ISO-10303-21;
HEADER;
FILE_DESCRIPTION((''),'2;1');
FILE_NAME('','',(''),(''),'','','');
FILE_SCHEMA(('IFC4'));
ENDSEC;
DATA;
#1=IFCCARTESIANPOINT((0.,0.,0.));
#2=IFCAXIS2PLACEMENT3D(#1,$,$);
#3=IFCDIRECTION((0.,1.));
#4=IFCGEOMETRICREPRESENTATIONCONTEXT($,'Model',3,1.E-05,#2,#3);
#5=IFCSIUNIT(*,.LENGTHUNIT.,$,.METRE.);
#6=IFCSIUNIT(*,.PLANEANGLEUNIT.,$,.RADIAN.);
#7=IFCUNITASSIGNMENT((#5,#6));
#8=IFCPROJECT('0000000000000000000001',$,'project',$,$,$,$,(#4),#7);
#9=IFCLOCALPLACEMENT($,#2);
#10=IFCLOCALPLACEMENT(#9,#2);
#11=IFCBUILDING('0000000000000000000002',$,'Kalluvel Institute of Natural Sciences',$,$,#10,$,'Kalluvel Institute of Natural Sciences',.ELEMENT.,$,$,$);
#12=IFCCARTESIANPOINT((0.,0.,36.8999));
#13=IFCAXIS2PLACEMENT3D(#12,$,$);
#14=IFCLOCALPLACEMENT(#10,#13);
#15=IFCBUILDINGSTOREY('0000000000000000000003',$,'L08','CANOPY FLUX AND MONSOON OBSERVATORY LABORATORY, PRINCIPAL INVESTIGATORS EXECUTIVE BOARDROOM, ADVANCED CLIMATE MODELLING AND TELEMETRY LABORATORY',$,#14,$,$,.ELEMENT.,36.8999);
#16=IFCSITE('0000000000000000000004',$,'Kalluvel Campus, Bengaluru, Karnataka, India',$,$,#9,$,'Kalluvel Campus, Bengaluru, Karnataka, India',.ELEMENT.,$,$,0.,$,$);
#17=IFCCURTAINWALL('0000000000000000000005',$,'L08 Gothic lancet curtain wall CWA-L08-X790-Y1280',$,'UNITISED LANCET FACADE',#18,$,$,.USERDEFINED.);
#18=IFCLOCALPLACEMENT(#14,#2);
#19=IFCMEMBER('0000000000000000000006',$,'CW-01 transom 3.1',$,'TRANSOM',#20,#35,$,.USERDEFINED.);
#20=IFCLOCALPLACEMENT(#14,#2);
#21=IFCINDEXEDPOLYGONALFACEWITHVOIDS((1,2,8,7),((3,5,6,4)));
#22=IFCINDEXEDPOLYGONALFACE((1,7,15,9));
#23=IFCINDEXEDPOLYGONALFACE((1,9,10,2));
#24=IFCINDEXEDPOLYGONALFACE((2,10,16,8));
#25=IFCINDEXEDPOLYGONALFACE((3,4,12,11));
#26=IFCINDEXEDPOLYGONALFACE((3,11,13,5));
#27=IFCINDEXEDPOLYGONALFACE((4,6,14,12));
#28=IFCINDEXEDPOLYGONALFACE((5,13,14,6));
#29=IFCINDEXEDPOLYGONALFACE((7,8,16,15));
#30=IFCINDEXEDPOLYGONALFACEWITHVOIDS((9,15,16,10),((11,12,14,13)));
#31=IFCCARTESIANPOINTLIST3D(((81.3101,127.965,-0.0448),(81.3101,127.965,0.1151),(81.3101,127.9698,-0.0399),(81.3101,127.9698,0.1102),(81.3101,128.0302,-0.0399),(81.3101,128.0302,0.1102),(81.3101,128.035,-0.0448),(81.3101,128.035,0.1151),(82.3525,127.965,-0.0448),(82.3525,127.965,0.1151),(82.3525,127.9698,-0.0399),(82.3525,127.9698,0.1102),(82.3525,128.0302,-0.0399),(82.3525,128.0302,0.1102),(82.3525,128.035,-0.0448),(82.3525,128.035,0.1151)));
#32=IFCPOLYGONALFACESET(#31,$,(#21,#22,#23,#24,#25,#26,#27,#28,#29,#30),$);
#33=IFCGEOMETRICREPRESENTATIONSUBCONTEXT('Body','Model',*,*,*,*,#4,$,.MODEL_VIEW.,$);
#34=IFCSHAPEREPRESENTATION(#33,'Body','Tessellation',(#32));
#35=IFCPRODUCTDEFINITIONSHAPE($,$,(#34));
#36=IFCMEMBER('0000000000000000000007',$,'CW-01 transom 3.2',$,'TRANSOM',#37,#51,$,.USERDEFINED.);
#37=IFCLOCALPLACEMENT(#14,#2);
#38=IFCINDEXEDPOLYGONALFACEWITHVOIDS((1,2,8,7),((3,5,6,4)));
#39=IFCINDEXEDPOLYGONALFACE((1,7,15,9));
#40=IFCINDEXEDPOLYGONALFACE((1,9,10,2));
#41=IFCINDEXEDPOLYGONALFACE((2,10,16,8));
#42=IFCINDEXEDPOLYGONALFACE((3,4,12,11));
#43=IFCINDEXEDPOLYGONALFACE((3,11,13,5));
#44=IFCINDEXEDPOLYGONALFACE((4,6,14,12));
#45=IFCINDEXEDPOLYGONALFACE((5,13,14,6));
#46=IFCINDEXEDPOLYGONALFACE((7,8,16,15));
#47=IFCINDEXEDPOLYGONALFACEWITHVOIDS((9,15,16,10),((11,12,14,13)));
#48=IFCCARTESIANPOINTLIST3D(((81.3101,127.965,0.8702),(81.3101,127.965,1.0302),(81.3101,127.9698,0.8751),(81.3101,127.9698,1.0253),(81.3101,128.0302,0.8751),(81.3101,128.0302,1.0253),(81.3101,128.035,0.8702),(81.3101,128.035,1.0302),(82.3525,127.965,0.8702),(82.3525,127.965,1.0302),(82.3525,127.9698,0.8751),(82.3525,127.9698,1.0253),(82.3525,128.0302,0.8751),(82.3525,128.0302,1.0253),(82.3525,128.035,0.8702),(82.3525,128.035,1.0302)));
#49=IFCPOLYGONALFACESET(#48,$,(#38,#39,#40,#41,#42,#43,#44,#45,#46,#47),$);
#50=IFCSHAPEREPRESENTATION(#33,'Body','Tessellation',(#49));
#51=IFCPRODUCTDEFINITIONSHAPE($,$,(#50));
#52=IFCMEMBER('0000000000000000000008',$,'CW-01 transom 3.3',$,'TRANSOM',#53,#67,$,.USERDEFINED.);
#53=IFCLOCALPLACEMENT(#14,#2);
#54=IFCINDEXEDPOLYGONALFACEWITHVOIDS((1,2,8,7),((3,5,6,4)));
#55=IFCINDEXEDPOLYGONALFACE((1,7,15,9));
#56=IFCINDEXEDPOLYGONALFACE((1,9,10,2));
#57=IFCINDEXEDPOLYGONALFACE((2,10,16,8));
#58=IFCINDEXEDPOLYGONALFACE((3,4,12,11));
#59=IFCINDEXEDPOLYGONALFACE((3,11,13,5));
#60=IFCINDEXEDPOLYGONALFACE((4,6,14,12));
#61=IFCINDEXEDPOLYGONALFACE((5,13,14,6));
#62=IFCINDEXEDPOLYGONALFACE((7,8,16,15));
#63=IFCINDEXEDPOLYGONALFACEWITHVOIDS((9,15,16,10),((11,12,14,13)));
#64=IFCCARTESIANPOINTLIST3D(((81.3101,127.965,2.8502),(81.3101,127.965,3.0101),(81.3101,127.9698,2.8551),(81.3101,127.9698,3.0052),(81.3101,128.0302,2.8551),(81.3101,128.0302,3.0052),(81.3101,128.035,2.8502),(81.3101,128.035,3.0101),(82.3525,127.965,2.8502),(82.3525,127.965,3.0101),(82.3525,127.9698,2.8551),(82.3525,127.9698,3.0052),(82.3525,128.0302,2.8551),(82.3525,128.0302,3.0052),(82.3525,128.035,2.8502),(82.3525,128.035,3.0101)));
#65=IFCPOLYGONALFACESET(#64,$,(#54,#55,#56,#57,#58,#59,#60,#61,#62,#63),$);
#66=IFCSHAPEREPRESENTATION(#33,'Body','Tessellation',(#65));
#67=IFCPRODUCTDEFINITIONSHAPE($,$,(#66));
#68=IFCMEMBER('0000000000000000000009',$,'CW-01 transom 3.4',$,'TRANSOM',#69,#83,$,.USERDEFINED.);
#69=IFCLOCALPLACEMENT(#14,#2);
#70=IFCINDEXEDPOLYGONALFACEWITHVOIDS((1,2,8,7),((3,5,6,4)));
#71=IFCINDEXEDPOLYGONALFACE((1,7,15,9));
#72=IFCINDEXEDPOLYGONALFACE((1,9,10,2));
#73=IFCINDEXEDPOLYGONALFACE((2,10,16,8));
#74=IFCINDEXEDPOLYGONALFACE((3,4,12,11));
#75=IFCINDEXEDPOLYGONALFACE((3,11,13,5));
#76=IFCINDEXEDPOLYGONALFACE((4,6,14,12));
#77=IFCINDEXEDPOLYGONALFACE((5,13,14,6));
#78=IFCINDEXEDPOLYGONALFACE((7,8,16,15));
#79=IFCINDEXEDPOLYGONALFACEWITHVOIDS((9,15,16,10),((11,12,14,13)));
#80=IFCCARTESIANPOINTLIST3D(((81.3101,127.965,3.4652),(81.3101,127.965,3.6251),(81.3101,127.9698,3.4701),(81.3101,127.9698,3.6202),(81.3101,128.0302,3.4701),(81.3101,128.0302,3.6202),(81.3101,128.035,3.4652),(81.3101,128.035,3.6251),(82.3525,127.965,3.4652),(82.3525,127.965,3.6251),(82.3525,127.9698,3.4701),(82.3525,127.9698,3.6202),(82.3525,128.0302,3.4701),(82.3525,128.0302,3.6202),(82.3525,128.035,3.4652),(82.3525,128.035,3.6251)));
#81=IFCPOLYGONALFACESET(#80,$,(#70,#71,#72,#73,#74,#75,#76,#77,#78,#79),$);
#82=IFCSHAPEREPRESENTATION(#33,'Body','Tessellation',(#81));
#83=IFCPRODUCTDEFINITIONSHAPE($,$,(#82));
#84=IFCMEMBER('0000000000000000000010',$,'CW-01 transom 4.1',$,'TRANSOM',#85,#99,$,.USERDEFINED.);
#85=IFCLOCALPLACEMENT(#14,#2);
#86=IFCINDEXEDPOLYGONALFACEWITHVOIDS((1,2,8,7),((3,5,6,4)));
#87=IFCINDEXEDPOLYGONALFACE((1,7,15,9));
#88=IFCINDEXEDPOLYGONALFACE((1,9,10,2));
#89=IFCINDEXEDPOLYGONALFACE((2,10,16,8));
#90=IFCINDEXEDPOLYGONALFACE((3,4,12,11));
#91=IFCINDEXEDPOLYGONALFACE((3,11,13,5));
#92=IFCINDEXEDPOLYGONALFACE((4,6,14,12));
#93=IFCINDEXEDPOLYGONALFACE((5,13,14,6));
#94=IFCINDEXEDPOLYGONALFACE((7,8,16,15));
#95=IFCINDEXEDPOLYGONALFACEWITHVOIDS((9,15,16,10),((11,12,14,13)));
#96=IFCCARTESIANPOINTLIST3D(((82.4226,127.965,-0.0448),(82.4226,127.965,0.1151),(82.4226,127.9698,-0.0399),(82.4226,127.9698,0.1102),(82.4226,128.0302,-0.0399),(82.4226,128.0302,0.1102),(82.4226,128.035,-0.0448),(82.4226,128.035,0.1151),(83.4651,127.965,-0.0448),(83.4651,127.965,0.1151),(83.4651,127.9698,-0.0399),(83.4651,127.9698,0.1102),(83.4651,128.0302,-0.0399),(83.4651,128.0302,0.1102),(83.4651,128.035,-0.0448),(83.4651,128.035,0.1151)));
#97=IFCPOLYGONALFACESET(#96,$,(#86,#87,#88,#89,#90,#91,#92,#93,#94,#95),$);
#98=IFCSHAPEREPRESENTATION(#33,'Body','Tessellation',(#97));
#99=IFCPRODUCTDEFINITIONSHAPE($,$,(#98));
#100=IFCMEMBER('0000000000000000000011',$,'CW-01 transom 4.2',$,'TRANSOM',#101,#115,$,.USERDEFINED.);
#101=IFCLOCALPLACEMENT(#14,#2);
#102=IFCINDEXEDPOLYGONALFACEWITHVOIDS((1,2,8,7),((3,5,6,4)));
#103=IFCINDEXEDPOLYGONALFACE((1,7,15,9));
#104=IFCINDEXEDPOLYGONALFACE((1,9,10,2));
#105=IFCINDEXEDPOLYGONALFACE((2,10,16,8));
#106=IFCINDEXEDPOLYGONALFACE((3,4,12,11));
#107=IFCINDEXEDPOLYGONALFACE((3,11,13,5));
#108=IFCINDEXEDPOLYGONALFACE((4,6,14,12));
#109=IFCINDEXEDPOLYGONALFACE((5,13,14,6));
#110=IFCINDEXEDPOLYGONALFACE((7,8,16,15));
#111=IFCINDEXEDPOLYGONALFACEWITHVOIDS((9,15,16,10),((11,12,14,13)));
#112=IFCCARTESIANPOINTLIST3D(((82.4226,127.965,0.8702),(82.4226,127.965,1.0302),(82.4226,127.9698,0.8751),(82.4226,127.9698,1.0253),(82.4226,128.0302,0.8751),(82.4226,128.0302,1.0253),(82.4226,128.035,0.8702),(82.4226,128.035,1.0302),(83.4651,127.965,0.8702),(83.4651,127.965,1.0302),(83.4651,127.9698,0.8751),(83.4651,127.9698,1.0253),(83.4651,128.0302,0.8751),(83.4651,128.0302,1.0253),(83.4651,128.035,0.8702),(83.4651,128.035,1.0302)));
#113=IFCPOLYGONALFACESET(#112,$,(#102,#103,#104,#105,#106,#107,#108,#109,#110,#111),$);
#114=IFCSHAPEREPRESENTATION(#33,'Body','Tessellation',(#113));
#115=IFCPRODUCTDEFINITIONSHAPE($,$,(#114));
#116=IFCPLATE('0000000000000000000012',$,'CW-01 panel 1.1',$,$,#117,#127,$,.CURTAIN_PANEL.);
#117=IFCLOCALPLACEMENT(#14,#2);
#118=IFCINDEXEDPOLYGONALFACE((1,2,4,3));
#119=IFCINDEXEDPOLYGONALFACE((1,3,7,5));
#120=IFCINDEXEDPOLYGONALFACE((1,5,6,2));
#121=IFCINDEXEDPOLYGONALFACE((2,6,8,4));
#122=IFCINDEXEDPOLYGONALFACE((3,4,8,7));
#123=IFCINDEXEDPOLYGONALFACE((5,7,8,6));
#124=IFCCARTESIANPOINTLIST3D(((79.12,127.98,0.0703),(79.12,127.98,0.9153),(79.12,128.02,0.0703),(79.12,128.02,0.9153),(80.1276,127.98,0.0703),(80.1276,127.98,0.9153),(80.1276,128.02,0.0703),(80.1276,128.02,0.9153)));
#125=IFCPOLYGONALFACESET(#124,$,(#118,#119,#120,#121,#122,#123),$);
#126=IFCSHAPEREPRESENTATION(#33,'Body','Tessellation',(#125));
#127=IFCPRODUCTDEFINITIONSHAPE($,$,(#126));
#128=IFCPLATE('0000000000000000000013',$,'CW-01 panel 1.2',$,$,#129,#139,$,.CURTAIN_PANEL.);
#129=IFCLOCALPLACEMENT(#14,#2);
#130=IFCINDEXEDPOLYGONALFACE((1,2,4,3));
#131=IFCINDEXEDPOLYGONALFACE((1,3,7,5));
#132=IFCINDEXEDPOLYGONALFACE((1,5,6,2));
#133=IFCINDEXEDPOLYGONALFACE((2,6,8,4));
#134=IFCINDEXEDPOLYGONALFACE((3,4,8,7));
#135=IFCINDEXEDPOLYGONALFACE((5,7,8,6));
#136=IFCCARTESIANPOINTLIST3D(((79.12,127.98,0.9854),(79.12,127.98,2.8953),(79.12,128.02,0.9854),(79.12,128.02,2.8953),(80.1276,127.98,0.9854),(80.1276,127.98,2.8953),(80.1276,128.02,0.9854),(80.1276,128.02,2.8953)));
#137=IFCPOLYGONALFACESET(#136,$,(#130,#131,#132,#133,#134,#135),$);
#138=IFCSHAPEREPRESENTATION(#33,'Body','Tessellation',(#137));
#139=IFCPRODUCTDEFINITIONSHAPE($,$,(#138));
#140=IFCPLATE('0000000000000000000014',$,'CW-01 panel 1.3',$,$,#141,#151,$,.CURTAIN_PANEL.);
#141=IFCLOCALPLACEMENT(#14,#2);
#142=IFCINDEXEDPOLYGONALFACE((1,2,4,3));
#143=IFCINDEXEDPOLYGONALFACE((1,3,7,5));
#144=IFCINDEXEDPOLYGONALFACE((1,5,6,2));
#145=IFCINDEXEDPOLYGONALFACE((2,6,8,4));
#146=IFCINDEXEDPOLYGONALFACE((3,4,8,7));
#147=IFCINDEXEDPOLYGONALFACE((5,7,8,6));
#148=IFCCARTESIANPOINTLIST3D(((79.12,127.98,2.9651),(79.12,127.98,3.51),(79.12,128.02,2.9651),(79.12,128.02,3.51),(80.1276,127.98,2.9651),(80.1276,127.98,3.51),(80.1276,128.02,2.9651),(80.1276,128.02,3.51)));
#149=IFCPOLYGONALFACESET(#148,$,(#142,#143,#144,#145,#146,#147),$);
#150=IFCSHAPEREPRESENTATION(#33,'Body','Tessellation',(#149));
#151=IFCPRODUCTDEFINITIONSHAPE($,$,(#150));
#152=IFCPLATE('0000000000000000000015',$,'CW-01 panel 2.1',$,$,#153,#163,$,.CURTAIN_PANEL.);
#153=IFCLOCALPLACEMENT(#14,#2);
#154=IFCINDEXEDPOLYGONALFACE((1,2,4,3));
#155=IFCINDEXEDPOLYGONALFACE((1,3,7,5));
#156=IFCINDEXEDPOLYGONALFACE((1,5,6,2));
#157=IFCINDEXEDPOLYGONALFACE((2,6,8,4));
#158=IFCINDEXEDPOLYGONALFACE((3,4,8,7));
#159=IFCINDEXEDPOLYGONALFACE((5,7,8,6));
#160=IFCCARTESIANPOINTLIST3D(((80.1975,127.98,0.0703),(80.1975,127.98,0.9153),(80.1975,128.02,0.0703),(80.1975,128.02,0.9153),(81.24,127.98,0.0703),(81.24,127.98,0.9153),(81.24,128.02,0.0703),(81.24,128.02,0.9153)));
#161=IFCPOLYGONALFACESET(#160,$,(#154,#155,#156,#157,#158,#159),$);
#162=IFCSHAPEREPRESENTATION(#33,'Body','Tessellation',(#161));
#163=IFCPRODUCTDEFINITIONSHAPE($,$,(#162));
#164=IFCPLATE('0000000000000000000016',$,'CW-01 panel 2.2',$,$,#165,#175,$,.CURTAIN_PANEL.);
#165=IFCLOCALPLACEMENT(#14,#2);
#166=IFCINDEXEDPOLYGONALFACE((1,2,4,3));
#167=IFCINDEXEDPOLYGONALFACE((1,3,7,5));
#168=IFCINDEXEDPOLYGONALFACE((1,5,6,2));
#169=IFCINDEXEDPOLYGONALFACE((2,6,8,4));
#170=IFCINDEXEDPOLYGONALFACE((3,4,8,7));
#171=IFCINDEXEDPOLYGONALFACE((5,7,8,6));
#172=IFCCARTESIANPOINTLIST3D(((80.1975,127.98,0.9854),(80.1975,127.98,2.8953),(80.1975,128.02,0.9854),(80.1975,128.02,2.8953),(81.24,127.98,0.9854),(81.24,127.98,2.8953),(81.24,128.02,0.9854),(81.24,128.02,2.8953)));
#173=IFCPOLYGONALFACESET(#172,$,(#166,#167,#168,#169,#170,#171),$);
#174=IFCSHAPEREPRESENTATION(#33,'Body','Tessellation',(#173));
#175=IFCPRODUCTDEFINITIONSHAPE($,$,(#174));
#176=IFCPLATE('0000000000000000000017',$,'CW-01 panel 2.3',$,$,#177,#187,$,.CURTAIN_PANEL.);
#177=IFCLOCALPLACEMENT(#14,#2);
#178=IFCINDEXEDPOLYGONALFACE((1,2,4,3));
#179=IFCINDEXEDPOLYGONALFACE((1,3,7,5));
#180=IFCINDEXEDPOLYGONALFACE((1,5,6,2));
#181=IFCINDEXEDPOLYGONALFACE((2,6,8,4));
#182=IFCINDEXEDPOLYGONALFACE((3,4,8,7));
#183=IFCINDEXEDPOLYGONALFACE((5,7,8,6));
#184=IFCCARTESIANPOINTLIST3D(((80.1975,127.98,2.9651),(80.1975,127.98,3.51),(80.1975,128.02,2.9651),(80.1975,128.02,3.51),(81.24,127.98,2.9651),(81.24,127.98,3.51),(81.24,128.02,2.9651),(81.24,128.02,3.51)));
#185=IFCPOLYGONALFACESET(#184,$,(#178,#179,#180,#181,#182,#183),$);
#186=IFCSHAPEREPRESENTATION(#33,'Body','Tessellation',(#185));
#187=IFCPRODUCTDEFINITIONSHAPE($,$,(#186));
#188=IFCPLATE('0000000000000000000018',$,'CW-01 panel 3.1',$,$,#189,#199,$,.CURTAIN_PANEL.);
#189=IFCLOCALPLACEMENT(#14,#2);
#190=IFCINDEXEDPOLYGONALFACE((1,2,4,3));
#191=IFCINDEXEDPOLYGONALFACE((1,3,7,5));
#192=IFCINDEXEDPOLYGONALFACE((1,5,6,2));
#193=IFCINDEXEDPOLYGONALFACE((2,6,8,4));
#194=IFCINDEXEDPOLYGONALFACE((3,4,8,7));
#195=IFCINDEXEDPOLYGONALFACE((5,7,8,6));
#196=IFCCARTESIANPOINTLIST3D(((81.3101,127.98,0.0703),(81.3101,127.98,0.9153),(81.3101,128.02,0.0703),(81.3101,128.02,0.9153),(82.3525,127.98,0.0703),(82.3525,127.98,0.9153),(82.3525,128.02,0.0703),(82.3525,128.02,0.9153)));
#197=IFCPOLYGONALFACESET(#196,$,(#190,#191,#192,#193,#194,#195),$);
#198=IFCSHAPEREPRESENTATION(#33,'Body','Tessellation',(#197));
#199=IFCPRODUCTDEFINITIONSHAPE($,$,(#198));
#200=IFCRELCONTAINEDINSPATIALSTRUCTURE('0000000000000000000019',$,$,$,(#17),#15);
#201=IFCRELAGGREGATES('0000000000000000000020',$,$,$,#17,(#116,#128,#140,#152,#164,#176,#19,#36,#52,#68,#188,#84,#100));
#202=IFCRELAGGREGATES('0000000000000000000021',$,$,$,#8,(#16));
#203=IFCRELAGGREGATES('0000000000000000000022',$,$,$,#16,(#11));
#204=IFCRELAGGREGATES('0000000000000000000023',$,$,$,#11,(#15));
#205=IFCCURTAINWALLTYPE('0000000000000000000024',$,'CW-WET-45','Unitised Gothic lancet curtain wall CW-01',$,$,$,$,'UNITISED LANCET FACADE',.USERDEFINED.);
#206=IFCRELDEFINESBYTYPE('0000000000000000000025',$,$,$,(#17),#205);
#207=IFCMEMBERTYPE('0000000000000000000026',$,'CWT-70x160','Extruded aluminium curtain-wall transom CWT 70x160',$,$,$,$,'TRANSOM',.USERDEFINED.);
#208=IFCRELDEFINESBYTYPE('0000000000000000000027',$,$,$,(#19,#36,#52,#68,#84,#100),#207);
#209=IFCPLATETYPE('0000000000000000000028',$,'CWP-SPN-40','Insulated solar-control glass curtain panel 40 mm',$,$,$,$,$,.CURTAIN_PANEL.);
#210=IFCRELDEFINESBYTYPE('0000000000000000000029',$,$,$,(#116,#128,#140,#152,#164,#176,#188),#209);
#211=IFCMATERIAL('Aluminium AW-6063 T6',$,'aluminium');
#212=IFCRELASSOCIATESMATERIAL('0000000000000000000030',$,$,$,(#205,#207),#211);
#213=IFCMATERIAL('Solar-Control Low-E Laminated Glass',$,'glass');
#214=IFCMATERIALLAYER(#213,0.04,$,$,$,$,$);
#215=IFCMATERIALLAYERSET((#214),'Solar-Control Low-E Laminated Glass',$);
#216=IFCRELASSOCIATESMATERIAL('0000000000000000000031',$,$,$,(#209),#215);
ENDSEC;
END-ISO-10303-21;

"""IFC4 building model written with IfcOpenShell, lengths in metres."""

from ifc_helpers import new_model, si_unit, direction, frame, origin, origin_2d, place, context, subcontext, project, spatial, rectangle, hollow_rectangle, extrude, material, layer, layer_set, material_profile, profile_set, type_object, element, aggregate, save


model = new_model("IFC4")

# Units and contexts
model_context = context("Model", 3, precision=1e-05, world=origin(), true_north=direction((0.0, 1.0)))
body_context = subcontext(model_context, "Body", "Model", "MODEL_VIEW")
ifc_project = project(units=[si_unit("LENGTHUNIT", "METRE"), si_unit("PLANEANGLEUNIT", "RADIAN")], contexts=[model_context])

# Site, building, storey
site_placement = place(None, origin())
site = spatial("IfcSite", under=ifc_project, at=site_placement, Name="Kalluvel Campus, Bengaluru, Karnataka, India", LongName="Kalluvel Campus, Bengaluru, Karnataka, India", CompositionType="ELEMENT", RefElevation=0.0)
building_placement = place(site_placement, origin())
building = spatial("IfcBuilding", under=site, at=building_placement, Name="Kalluvel Institute of Natural Sciences", LongName="Kalluvel Institute of Natural Sciences", CompositionType="ELEMENT")
storey_placement = place(building_placement, frame((0.0, 0.0, 36.8999)))
storey = spatial("IfcBuildingStorey", under=building, at=storey_placement, Name="L08", Description="CANOPY FLUX AND MONSOON OBSERVATORY LABORATORY, PRINCIPAL INVESTIGATORS EXECUTIVE BOARDROOM, ADVANCED CLIMATE MODELLING AND TELEMETRY LABORATORY", CompositionType="ELEMENT", Elevation=36.8999)

# Curtain wall, members, plates
ifc_material_1 = material(Name="Aluminium AW-6063 T6", Category="aluminium")
curtain_wall_type = type_object("IfcCurtainWallType", Name="CW-WET-45", Description="Unitised Gothic lancet curtain wall CW-01", ElementType="UNITISED LANCET FACADE", PredefinedType="USERDEFINED", material=ifc_material_1)
curtain_wall_placement = place(storey_placement, origin())
curtain_wall = element("IfcCurtainWall", 1, at=curtain_wall_placement, inside=storey, type_object=curtain_wall_type, Name="L08 Gothic lancet curtain wall CWA-L08-X790-Y1280", ObjectType="UNITISED LANCET FACADE", PredefinedType="USERDEFINED")
ifc_material_profile_1 = material_profile(ifc_material_1, hollow_rectangle(XDim=0.0701, YDim=0.1599, WallThickness=0.0049, at=origin_2d()), Name="CWT 70x160")
ifc_profile_set_1 = profile_set([ifc_material_profile_1], Name="Aluminium AW-6063 T6")
member_type_1 = type_object("IfcMemberType", Name="CWT-70x160", Description="Extruded aluminium curtain-wall transom CWT 70x160", ElementType="TRANSOM", PredefinedType="USERDEFINED", material=ifc_profile_set_1)
member_1_placement = place(storey_placement, frame((81.3101, 128.0, 0.0352), z_axis=(1.0, 0.0, 0.0), x_axis=(0.0, 1.0, 0.0)))
member_1 = element("IfcMember", 2, at=member_1_placement, type_object=member_type_1, Name="CW-01 transom 3.1", ObjectType="TRANSOM", PredefinedType="USERDEFINED", context=body_context, shape_type="SweptSolid", body=[
    extrude(hollow_rectangle(XDim=0.0701, YDim=0.1599, WallThickness=0.0049, at=origin_2d()), origin(), (0.0, 0.0, 1.0), 1.0425),
])
member_2_placement = place(storey_placement, frame((81.3101, 128.0, 0.9502), z_axis=(1.0, 0.0, 0.0), x_axis=(0.0, 1.0, 0.0)))
member_2 = element("IfcMember", 3, at=member_2_placement, type_object=member_type_1, Name="CW-01 transom 3.2", ObjectType="TRANSOM", PredefinedType="USERDEFINED", context=body_context, shape_type="SweptSolid", body=[
    extrude(hollow_rectangle(XDim=0.0701, YDim=0.1599, WallThickness=0.0049, at=origin_2d()), origin(), (0.0, 0.0, 1.0), 1.0425),
])
member_3_placement = place(storey_placement, frame((81.3101, 128.0, 2.9302), z_axis=(1.0, 0.0, 0.0), x_axis=(0.0, 1.0, 0.0)))
member_3 = element("IfcMember", 4, at=member_3_placement, type_object=member_type_1, Name="CW-01 transom 3.3", ObjectType="TRANSOM", PredefinedType="USERDEFINED", context=body_context, shape_type="SweptSolid", body=[
    extrude(hollow_rectangle(XDim=0.0701, YDim=0.1599, WallThickness=0.0049, at=origin_2d()), origin(), (0.0, 0.0, 1.0), 1.0425),
])
member_4_placement = place(storey_placement, frame((81.3101, 128.0, 3.5452), z_axis=(1.0, 0.0, 0.0), x_axis=(0.0, 1.0, 0.0)))
member_4 = element("IfcMember", 5, at=member_4_placement, type_object=member_type_1, Name="CW-01 transom 3.4", ObjectType="TRANSOM", PredefinedType="USERDEFINED", context=body_context, shape_type="SweptSolid", body=[
    extrude(hollow_rectangle(XDim=0.0701, YDim=0.1599, WallThickness=0.0049, at=origin_2d()), origin(), (0.0, 0.0, 1.0), 1.0425),
])
member_5_placement = place(storey_placement, frame((82.4226, 128.0, 0.0352), z_axis=(1.0, 0.0, 0.0), x_axis=(0.0, 1.0, 0.0)))
member_5 = element("IfcMember", 6, at=member_5_placement, type_object=member_type_1, Name="CW-01 transom 4.1", ObjectType="TRANSOM", PredefinedType="USERDEFINED", context=body_context, shape_type="SweptSolid", body=[
    extrude(hollow_rectangle(XDim=0.0701, YDim=0.1599, WallThickness=0.0049, at=origin_2d()), origin(), (0.0, 0.0, 1.0), 1.0425),
])
member_6_placement = place(storey_placement, frame((82.4226, 128.0, 0.9502), z_axis=(1.0, 0.0, 0.0), x_axis=(0.0, 1.0, 0.0)))
member_6 = element("IfcMember", 7, at=member_6_placement, type_object=member_type_1, Name="CW-01 transom 4.2", ObjectType="TRANSOM", PredefinedType="USERDEFINED", context=body_context, shape_type="SweptSolid", body=[
    extrude(hollow_rectangle(XDim=0.0701, YDim=0.1599, WallThickness=0.0049, at=origin_2d()), origin(), (0.0, 0.0, 1.0), 1.0425),
])
ifc_material_2 = material(Name="Solar-Control Low-E Laminated Glass", Category="glass")
ifc_layer_1 = layer(ifc_material_2, 0.04)
ifc_layer_set_1 = layer_set([ifc_layer_1], Name="Solar-Control Low-E Laminated Glass")
plate_type = type_object("IfcPlateType", Name="CWP-SPN-40", Description="Insulated solar-control glass curtain panel 40 mm", PredefinedType="CURTAIN_PANEL", material=ifc_layer_set_1)
plate_1_placement = place(storey_placement, frame((79.6238, 128.0, 0.0703), z_axis=(0.0, 0.0, 1.0), x_axis=(1.0, 0.0, 0.0)))
plate_1 = element("IfcPlate", 8, at=plate_1_placement, type_object=plate_type, Name="CW-01 panel 1.1", PredefinedType="CURTAIN_PANEL", context=body_context, shape_type="SweptSolid", body=[
    extrude(rectangle(XDim=1.0076, YDim=0.04, at=origin_2d()), origin(), (0.0, 0.0, 1.0), 0.845),
])
plate_2_placement = place(storey_placement, frame((79.6238, 128.0, 0.9854), z_axis=(0.0, 0.0, 1.0), x_axis=(1.0, 0.0, 0.0)))
plate_2 = element("IfcPlate", 9, at=plate_2_placement, type_object=plate_type, Name="CW-01 panel 1.2", PredefinedType="CURTAIN_PANEL", context=body_context, shape_type="SweptSolid", body=[
    extrude(rectangle(XDim=1.0076, YDim=0.04, at=origin_2d()), origin(), (0.0, 0.0, 1.0), 1.9099),
])
plate_3_placement = place(storey_placement, frame((79.6238, 128.0, 2.9651), z_axis=(0.0, 0.0, 1.0), x_axis=(1.0, 0.0, 0.0)))
plate_3 = element("IfcPlate", 10, at=plate_3_placement, type_object=plate_type, Name="CW-01 panel 1.3", PredefinedType="CURTAIN_PANEL", context=body_context, shape_type="SweptSolid", body=[
    extrude(rectangle(XDim=1.0076, YDim=0.04, at=origin_2d()), origin(), (0.0, 0.0, 1.0), 0.5449),
])
plate_4_placement = place(storey_placement, frame((80.7188, 128.0, 0.0703), z_axis=(0.0, 0.0, 1.0), x_axis=(1.0, 0.0, 0.0)))
plate_4 = element("IfcPlate", 11, at=plate_4_placement, type_object=plate_type, Name="CW-01 panel 2.1", PredefinedType="CURTAIN_PANEL", context=body_context, shape_type="SweptSolid", body=[
    extrude(rectangle(XDim=1.0425, YDim=0.04, at=origin_2d()), origin(), (0.0, 0.0, 1.0), 0.845),
])
plate_5_placement = place(storey_placement, frame((80.7188, 128.0, 0.9854), z_axis=(0.0, 0.0, 1.0), x_axis=(1.0, 0.0, 0.0)))
plate_5 = element("IfcPlate", 12, at=plate_5_placement, type_object=plate_type, Name="CW-01 panel 2.2", PredefinedType="CURTAIN_PANEL", context=body_context, shape_type="SweptSolid", body=[
    extrude(rectangle(XDim=1.0425, YDim=0.04, at=origin_2d()), origin(), (0.0, 0.0, 1.0), 1.9099),
])
plate_6_placement = place(storey_placement, frame((80.7188, 128.0, 2.9651), z_axis=(0.0, 0.0, 1.0), x_axis=(1.0, 0.0, 0.0)))
plate_6 = element("IfcPlate", 13, at=plate_6_placement, type_object=plate_type, Name="CW-01 panel 2.3", PredefinedType="CURTAIN_PANEL", context=body_context, shape_type="SweptSolid", body=[
    extrude(rectangle(XDim=1.0425, YDim=0.04, at=origin_2d()), origin(), (0.0, 0.0, 1.0), 0.5449),
])
plate_7_placement = place(storey_placement, frame((81.8313, 128.0, 0.0703), z_axis=(0.0, 0.0, 1.0), x_axis=(1.0, 0.0, 0.0)))
plate_7 = element("IfcPlate", 14, at=plate_7_placement, type_object=plate_type, Name="CW-01 panel 3.1", PredefinedType="CURTAIN_PANEL", context=body_context, shape_type="SweptSolid", body=[
    extrude(rectangle(XDim=1.0425, YDim=0.04, at=origin_2d()), origin(), (0.0, 0.0, 1.0), 0.845),
])
aggregate(curtain_wall, [plate_1, plate_2, plate_3, plate_4, plate_5, plate_6, member_1, member_2, member_3, member_4, plate_7, member_5, member_6])

save(model, "model.ifc")
